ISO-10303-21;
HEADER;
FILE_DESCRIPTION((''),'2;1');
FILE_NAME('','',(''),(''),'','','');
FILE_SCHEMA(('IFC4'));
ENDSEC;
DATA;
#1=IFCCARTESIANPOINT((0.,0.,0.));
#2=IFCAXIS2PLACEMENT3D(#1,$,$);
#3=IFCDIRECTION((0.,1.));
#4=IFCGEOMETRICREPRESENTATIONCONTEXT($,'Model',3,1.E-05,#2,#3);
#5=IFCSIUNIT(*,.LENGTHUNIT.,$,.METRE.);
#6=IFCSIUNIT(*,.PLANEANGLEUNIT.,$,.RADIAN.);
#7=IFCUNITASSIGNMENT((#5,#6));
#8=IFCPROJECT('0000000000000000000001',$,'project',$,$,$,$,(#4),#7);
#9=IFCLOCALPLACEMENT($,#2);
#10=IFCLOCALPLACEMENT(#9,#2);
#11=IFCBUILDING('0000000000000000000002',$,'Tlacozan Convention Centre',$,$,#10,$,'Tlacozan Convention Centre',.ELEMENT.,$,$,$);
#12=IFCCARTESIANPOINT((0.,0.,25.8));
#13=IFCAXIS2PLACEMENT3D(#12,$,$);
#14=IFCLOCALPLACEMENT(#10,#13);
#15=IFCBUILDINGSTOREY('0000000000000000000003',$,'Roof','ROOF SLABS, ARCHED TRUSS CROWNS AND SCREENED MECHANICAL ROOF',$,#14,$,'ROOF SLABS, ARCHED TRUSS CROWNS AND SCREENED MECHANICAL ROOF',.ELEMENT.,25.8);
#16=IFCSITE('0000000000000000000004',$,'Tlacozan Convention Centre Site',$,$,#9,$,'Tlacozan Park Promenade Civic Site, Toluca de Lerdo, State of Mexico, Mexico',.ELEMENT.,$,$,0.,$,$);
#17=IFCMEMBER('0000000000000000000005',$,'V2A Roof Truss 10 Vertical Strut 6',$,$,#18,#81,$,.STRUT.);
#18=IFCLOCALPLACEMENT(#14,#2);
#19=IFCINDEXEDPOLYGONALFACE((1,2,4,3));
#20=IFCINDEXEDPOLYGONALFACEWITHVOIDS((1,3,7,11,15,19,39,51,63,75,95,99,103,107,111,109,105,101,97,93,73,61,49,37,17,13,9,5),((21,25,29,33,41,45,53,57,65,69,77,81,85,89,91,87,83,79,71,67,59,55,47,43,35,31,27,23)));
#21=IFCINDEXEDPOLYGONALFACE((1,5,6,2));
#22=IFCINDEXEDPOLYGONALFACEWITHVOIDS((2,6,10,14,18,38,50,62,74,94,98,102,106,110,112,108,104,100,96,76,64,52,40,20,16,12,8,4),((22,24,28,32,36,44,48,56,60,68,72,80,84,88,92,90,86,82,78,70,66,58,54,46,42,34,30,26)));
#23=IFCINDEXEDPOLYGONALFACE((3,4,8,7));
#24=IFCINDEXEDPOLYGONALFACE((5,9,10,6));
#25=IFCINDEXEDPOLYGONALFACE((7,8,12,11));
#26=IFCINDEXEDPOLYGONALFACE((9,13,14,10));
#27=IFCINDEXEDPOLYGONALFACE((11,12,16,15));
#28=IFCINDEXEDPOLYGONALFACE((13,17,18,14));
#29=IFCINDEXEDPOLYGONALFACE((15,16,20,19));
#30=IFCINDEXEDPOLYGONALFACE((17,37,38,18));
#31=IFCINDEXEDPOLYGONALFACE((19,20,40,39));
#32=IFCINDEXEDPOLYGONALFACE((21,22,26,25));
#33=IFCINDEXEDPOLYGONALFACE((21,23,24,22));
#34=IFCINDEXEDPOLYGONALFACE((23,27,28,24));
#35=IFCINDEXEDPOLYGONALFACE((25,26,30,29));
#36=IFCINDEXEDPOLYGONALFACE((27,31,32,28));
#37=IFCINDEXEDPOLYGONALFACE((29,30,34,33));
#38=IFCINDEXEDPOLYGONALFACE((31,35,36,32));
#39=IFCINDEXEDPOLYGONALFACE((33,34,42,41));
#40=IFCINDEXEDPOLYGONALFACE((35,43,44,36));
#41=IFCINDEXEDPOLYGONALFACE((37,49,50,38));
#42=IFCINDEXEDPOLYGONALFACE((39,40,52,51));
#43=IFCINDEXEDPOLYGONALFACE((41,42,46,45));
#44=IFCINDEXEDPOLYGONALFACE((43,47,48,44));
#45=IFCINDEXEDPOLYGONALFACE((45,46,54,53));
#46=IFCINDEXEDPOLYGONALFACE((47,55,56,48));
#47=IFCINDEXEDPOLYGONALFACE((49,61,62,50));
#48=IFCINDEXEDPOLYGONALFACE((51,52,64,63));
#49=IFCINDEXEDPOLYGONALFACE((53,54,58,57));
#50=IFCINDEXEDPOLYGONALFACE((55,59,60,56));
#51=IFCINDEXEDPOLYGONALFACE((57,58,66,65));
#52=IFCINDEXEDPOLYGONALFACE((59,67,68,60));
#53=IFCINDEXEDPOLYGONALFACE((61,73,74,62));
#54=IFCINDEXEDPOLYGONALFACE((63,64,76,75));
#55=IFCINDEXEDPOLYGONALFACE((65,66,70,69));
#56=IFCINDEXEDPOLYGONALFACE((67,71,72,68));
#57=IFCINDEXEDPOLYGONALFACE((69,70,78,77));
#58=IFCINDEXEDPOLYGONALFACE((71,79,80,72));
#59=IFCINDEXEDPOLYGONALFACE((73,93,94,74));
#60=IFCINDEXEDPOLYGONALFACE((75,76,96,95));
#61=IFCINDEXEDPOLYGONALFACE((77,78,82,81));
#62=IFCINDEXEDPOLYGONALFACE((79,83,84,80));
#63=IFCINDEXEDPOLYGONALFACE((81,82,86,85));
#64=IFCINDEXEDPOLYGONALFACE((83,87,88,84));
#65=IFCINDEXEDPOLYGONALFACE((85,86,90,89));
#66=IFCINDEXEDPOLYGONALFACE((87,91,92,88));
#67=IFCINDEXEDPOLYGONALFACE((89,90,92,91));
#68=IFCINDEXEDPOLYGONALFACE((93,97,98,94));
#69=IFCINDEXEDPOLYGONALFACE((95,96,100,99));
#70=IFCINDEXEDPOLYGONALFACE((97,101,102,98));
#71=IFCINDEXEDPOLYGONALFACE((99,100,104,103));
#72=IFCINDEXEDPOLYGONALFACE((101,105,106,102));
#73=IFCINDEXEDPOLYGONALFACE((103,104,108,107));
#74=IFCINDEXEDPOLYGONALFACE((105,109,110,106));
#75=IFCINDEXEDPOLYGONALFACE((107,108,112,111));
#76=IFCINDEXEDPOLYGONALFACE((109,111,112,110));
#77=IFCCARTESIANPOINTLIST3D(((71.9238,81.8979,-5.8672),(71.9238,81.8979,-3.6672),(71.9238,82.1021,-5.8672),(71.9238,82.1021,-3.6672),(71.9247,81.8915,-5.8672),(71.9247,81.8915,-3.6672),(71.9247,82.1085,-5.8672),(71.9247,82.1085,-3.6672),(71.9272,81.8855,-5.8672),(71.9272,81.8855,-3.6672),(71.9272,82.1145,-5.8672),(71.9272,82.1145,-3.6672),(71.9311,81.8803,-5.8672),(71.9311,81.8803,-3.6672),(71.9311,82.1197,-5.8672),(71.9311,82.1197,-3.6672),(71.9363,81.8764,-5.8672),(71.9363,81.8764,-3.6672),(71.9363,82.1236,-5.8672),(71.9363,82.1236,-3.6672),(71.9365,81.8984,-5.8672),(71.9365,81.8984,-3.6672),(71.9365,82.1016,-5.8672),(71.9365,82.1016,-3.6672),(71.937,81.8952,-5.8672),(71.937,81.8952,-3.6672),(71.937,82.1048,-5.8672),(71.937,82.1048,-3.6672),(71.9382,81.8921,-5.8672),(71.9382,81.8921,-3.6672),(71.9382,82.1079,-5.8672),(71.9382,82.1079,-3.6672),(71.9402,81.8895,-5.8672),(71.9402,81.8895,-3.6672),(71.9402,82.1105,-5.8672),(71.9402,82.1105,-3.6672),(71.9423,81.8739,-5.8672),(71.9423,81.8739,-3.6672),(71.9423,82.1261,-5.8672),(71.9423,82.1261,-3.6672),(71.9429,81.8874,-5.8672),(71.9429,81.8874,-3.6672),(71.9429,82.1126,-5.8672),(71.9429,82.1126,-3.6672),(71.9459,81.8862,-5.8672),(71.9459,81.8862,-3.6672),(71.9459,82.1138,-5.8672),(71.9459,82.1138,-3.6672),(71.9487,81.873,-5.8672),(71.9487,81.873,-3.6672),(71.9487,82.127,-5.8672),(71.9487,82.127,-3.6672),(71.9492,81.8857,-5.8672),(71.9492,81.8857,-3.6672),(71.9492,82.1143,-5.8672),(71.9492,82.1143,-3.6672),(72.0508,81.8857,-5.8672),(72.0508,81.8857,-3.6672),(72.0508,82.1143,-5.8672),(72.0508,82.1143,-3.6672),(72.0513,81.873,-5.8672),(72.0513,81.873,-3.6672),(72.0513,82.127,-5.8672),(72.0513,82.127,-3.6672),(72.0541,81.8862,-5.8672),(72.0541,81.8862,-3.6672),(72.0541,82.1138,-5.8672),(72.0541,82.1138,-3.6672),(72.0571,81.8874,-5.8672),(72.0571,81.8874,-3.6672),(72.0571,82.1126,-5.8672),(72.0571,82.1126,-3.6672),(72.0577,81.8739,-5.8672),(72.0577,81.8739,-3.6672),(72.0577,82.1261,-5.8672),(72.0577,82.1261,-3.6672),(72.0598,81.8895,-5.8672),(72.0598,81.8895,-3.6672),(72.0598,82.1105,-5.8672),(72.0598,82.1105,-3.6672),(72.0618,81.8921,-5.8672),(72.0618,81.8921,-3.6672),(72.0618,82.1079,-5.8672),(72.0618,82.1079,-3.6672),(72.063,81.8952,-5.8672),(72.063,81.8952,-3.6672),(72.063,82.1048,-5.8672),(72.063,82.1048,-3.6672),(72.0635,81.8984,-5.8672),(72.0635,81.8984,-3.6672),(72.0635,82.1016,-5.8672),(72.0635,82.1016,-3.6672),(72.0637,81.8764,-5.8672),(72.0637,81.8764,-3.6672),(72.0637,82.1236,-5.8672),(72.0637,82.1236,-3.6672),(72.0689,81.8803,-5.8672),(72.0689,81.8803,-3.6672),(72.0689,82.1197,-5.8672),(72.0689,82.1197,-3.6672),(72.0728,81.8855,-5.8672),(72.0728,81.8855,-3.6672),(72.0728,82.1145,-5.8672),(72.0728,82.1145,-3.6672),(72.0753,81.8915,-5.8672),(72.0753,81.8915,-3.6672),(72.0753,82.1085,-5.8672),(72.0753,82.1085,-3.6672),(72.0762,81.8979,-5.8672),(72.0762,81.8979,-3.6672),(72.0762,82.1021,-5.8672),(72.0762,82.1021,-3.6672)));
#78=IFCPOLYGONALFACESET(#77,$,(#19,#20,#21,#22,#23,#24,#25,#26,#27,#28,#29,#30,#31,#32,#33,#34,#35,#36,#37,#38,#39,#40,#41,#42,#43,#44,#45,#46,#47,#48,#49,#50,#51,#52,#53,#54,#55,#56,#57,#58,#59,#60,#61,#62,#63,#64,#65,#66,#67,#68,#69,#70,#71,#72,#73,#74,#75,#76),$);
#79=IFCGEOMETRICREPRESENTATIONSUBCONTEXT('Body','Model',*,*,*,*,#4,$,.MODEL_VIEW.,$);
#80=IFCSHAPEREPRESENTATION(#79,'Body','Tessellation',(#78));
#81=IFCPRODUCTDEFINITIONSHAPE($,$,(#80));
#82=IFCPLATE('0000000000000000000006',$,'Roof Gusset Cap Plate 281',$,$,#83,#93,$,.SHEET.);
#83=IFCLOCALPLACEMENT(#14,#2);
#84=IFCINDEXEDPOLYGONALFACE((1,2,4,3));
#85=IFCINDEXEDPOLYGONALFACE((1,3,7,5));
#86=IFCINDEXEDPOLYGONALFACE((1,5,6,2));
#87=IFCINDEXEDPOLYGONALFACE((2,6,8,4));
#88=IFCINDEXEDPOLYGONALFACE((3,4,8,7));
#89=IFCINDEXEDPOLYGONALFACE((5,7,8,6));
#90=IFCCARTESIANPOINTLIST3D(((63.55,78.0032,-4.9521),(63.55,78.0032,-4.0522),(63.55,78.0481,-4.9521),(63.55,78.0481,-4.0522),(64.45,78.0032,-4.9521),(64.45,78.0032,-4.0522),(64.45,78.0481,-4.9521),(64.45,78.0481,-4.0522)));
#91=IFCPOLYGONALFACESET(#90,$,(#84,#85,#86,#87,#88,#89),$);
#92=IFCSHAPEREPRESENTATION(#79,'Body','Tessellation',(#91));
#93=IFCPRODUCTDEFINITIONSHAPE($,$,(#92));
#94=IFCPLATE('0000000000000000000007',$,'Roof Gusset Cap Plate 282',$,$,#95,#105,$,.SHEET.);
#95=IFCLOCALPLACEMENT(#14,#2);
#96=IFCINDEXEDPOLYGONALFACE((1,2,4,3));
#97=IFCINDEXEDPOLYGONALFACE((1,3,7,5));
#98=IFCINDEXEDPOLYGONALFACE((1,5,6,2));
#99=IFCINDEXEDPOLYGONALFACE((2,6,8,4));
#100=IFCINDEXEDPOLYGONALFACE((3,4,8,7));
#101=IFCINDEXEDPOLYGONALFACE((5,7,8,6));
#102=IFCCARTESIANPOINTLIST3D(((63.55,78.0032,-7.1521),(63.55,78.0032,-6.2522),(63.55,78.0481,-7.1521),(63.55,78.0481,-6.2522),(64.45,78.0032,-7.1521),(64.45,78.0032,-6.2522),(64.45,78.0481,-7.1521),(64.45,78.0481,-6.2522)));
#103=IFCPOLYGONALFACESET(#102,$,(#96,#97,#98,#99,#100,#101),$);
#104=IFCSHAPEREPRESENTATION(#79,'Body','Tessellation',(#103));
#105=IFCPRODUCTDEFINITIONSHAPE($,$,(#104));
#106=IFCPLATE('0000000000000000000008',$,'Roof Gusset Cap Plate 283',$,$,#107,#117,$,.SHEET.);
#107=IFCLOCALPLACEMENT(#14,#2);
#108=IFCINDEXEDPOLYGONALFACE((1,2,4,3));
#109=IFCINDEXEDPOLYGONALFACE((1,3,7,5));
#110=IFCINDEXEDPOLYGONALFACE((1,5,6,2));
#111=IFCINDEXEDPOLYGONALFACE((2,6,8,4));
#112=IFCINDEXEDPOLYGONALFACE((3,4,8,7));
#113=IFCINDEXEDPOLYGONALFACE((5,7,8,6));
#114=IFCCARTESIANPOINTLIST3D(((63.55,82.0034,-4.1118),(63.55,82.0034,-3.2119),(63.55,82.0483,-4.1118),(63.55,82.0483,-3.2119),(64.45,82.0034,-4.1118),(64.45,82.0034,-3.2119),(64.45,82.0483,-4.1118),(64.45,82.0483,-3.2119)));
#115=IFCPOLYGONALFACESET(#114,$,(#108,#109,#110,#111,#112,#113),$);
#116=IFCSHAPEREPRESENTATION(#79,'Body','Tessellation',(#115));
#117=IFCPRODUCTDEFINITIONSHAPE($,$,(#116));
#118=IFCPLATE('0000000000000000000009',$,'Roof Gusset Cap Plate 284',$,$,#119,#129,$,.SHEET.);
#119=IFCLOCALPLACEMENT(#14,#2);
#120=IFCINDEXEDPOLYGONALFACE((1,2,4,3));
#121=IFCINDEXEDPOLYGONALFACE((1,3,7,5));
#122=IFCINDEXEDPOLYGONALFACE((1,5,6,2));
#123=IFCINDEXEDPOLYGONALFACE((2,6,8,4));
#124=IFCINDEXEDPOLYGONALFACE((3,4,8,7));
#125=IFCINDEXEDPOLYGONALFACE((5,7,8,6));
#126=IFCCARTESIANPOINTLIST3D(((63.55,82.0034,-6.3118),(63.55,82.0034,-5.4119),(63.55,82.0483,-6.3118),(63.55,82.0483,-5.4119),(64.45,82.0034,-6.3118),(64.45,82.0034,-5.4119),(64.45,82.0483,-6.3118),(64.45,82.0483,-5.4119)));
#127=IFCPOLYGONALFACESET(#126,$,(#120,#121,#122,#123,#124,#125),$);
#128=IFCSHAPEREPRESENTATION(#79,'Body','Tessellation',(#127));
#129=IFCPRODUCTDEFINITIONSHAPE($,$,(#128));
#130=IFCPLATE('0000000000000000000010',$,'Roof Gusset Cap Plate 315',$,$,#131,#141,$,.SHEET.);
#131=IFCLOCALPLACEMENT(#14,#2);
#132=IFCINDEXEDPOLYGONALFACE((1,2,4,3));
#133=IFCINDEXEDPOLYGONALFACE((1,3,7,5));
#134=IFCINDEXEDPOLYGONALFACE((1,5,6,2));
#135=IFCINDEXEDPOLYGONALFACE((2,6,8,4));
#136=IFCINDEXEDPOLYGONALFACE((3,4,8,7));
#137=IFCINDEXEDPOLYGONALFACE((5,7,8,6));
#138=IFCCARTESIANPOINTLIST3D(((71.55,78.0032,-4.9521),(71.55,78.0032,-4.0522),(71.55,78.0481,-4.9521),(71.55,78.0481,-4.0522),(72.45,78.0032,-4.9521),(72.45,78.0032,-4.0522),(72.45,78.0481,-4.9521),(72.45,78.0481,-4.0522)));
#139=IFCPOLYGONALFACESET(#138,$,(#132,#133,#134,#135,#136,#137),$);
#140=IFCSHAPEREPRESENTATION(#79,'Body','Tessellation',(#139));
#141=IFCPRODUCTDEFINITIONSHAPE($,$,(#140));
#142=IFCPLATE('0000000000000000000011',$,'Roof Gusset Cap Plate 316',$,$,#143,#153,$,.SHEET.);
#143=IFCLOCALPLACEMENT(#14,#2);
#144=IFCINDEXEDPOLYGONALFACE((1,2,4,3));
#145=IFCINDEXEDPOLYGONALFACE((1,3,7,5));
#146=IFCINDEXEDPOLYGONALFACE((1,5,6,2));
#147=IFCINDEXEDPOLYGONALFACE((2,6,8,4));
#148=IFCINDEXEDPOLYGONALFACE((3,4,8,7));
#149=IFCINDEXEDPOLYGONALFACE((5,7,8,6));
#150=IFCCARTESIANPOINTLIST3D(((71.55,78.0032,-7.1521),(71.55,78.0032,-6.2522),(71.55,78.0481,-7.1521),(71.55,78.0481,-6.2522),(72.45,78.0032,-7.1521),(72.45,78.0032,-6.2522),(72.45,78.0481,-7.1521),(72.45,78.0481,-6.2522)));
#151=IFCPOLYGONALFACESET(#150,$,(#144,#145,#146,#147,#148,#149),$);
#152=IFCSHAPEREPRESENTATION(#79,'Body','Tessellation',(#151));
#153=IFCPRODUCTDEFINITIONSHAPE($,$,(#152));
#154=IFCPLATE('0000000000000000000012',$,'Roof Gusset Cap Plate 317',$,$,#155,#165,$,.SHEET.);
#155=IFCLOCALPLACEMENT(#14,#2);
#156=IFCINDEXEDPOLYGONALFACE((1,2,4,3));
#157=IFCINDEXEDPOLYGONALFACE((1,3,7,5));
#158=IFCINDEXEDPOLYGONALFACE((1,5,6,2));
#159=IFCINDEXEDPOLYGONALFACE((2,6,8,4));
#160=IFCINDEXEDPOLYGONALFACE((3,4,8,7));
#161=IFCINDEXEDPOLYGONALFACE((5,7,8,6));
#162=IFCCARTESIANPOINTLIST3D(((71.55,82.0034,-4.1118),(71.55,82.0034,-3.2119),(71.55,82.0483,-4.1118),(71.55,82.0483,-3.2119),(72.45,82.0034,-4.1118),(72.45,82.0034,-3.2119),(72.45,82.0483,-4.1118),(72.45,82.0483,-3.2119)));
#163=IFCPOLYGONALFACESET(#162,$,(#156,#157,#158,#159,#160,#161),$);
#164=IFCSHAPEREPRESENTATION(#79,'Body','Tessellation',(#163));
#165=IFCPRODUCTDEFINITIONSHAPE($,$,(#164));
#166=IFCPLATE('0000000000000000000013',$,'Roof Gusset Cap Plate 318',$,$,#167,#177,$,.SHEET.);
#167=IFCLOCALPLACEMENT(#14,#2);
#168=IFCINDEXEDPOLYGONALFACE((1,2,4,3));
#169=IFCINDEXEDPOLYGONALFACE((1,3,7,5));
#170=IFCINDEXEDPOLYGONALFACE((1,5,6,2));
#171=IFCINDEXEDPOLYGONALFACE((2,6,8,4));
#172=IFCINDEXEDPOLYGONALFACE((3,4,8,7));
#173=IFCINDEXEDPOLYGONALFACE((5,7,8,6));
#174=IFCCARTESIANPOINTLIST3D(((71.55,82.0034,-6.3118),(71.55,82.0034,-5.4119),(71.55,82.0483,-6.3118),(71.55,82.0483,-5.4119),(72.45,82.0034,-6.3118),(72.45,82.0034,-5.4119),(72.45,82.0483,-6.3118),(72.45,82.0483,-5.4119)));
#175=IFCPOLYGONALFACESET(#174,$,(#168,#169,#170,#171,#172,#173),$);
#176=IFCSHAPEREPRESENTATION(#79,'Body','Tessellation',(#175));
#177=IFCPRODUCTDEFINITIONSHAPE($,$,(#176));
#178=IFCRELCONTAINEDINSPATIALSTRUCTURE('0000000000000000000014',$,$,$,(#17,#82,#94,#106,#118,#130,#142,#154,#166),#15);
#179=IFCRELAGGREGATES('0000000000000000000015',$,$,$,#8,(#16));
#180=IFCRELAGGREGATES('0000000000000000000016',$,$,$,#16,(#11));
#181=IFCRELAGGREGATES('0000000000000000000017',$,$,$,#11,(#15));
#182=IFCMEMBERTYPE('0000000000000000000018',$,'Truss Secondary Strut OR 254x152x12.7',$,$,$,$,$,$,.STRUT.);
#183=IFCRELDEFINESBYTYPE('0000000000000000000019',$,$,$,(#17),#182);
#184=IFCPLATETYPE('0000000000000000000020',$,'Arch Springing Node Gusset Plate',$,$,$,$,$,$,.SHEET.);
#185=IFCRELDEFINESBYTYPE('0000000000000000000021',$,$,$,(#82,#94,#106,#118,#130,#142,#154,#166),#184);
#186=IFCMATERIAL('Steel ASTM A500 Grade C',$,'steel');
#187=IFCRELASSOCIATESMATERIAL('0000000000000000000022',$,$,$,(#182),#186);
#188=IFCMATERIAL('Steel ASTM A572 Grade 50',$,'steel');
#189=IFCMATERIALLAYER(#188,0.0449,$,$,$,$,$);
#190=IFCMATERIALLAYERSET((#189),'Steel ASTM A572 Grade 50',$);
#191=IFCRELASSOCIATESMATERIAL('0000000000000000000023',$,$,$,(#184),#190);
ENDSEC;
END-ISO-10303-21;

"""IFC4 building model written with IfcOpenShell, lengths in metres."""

from ifc_helpers import new_model, si_unit, direction, frame, origin, origin_2d, place, context, subcontext, project, spatial, rectangle, hollow_rectangle, extrude, material, layer, layer_set, material_profile, profile_set, type_object, element, save


model = new_model("IFC4")

# Units and contexts
model_context = context("Model", 3, precision=1e-05, world=origin(), true_north=direction((0.0, 1.0)))
body_context = subcontext(model_context, "Body", "Model", "MODEL_VIEW")
ifc_project = project(units=[si_unit("LENGTHUNIT", "METRE"), si_unit("PLANEANGLEUNIT", "RADIAN")], contexts=[model_context])

# Site, building, storey
site_placement = place(None, origin())
site = spatial("IfcSite", under=ifc_project, at=site_placement, Name="Tlacozan Convention Centre Site", LongName="Tlacozan Park Promenade Civic Site, Toluca de Lerdo, State of Mexico, Mexico", CompositionType="ELEMENT", RefElevation=0.0)
building_placement = place(site_placement, origin())
building = spatial("IfcBuilding", under=site, at=building_placement, Name="Tlacozan Convention Centre", LongName="Tlacozan Convention Centre", CompositionType="ELEMENT")
storey_placement = place(building_placement, frame((0.0, 0.0, 25.8)))
storey = spatial("IfcBuildingStorey", under=building, at=storey_placement, Name="Roof", Description="ROOF SLABS, ARCHED TRUSS CROWNS AND SCREENED MECHANICAL ROOF", LongName="ROOF SLABS, ARCHED TRUSS CROWNS AND SCREENED MECHANICAL ROOF", CompositionType="ELEMENT", Elevation=25.8)

# Member
ifc_material_1 = material(Name="Steel ASTM A500 Grade C", Category="steel")
ifc_material_profile_1 = material_profile(ifc_material_1, hollow_rectangle(XDim=0.1523, YDim=0.2539, WallThickness=0.0127, InnerFilletRadius=0.0127, OuterFilletRadius=0.0249, at=origin_2d()), Name="OR 254x152x12.7")
ifc_profile_set_1 = profile_set([ifc_material_profile_1], Name="Steel ASTM A500 Grade C")
member_type_1 = type_object("IfcMemberType", Name="Truss Secondary Strut OR 254x152x12.7", PredefinedType="STRUT", material=ifc_profile_set_1)
for number, where, z_axis, x_axis, name in (
    (1, (72.0, 82.0, -5.8672), (0.0, 0.0, 1.0), (1.0, 0.0, 0.0), "V2A Roof Truss 10 Vertical Strut 6"),
):
    element("IfcMember", number, at=place(storey_placement, frame(where, z_axis=z_axis, x_axis=x_axis)), inside=storey, type_object=member_type_1, Name=name, PredefinedType="STRUT", context=body_context, shape_type="SweptSolid", body=[
        extrude(hollow_rectangle(XDim=0.1523, YDim=0.2539, WallThickness=0.0127, InnerFilletRadius=0.0127, OuterFilletRadius=0.0249, at=origin_2d()), origin(), (0.0, 0.0, 1.0), 2.2),
    ])

# Plates
ifc_material_2 = material(Name="Steel ASTM A572 Grade 50", Category="steel")
ifc_layer = layer(ifc_material_2, 0.0449)
ifc_layer_set = layer_set([ifc_layer], Name="Steel ASTM A572 Grade 50")
plate_type = type_object("IfcPlateType", Name="Arch Springing Node Gusset Plate", PredefinedType="SHEET", material=ifc_layer_set)
for number, where, z_axis, x_axis, name in (
    (2, (64.0, 78.0256, -4.9521), (0.0, 0.0, 1.0), (0.0, 1.0, 0.0), "Roof Gusset Cap Plate 281"),
    (3, (64.0, 78.0256, -7.1521), (0.0, 0.0, 1.0), (0.0, 1.0, 0.0), "Roof Gusset Cap Plate 282"),
    (4, (64.0, 82.0259, -4.1118), (0.0, 0.0, 1.0), (0.0, 1.0, 0.0), "Roof Gusset Cap Plate 283"),
    (5, (64.0, 82.0259, -6.3118), (0.0, 0.0, 1.0), (0.0, 1.0, 0.0), "Roof Gusset Cap Plate 284"),
    (6, (72.0, 78.0256, -4.9521), (0.0, 0.0, 1.0), (0.0, 1.0, 0.0), "Roof Gusset Cap Plate 315"),
    (7, (72.0, 78.0256, -7.1521), (0.0, 0.0, 1.0), (0.0, 1.0, 0.0), "Roof Gusset Cap Plate 316"),
    (8, (72.0, 82.0259, -4.1118), (0.0, 0.0, 1.0), (0.0, 1.0, 0.0), "Roof Gusset Cap Plate 317"),
    (9, (72.0, 82.0259, -6.3118), (0.0, 0.0, 1.0), (0.0, 1.0, 0.0), "Roof Gusset Cap Plate 318"),
):
    element("IfcPlate", number, at=place(storey_placement, frame(where, z_axis=z_axis, x_axis=x_axis)), inside=storey, type_object=plate_type, Name=name, PredefinedType="SHEET", context=body_context, shape_type="SweptSolid", body=[
        extrude(rectangle(XDim=0.0449, YDim=0.8999, at=origin_2d()), origin(), (0.0, 0.0, 1.0), 0.8999),
    ])

save(model, "model.ifc")
